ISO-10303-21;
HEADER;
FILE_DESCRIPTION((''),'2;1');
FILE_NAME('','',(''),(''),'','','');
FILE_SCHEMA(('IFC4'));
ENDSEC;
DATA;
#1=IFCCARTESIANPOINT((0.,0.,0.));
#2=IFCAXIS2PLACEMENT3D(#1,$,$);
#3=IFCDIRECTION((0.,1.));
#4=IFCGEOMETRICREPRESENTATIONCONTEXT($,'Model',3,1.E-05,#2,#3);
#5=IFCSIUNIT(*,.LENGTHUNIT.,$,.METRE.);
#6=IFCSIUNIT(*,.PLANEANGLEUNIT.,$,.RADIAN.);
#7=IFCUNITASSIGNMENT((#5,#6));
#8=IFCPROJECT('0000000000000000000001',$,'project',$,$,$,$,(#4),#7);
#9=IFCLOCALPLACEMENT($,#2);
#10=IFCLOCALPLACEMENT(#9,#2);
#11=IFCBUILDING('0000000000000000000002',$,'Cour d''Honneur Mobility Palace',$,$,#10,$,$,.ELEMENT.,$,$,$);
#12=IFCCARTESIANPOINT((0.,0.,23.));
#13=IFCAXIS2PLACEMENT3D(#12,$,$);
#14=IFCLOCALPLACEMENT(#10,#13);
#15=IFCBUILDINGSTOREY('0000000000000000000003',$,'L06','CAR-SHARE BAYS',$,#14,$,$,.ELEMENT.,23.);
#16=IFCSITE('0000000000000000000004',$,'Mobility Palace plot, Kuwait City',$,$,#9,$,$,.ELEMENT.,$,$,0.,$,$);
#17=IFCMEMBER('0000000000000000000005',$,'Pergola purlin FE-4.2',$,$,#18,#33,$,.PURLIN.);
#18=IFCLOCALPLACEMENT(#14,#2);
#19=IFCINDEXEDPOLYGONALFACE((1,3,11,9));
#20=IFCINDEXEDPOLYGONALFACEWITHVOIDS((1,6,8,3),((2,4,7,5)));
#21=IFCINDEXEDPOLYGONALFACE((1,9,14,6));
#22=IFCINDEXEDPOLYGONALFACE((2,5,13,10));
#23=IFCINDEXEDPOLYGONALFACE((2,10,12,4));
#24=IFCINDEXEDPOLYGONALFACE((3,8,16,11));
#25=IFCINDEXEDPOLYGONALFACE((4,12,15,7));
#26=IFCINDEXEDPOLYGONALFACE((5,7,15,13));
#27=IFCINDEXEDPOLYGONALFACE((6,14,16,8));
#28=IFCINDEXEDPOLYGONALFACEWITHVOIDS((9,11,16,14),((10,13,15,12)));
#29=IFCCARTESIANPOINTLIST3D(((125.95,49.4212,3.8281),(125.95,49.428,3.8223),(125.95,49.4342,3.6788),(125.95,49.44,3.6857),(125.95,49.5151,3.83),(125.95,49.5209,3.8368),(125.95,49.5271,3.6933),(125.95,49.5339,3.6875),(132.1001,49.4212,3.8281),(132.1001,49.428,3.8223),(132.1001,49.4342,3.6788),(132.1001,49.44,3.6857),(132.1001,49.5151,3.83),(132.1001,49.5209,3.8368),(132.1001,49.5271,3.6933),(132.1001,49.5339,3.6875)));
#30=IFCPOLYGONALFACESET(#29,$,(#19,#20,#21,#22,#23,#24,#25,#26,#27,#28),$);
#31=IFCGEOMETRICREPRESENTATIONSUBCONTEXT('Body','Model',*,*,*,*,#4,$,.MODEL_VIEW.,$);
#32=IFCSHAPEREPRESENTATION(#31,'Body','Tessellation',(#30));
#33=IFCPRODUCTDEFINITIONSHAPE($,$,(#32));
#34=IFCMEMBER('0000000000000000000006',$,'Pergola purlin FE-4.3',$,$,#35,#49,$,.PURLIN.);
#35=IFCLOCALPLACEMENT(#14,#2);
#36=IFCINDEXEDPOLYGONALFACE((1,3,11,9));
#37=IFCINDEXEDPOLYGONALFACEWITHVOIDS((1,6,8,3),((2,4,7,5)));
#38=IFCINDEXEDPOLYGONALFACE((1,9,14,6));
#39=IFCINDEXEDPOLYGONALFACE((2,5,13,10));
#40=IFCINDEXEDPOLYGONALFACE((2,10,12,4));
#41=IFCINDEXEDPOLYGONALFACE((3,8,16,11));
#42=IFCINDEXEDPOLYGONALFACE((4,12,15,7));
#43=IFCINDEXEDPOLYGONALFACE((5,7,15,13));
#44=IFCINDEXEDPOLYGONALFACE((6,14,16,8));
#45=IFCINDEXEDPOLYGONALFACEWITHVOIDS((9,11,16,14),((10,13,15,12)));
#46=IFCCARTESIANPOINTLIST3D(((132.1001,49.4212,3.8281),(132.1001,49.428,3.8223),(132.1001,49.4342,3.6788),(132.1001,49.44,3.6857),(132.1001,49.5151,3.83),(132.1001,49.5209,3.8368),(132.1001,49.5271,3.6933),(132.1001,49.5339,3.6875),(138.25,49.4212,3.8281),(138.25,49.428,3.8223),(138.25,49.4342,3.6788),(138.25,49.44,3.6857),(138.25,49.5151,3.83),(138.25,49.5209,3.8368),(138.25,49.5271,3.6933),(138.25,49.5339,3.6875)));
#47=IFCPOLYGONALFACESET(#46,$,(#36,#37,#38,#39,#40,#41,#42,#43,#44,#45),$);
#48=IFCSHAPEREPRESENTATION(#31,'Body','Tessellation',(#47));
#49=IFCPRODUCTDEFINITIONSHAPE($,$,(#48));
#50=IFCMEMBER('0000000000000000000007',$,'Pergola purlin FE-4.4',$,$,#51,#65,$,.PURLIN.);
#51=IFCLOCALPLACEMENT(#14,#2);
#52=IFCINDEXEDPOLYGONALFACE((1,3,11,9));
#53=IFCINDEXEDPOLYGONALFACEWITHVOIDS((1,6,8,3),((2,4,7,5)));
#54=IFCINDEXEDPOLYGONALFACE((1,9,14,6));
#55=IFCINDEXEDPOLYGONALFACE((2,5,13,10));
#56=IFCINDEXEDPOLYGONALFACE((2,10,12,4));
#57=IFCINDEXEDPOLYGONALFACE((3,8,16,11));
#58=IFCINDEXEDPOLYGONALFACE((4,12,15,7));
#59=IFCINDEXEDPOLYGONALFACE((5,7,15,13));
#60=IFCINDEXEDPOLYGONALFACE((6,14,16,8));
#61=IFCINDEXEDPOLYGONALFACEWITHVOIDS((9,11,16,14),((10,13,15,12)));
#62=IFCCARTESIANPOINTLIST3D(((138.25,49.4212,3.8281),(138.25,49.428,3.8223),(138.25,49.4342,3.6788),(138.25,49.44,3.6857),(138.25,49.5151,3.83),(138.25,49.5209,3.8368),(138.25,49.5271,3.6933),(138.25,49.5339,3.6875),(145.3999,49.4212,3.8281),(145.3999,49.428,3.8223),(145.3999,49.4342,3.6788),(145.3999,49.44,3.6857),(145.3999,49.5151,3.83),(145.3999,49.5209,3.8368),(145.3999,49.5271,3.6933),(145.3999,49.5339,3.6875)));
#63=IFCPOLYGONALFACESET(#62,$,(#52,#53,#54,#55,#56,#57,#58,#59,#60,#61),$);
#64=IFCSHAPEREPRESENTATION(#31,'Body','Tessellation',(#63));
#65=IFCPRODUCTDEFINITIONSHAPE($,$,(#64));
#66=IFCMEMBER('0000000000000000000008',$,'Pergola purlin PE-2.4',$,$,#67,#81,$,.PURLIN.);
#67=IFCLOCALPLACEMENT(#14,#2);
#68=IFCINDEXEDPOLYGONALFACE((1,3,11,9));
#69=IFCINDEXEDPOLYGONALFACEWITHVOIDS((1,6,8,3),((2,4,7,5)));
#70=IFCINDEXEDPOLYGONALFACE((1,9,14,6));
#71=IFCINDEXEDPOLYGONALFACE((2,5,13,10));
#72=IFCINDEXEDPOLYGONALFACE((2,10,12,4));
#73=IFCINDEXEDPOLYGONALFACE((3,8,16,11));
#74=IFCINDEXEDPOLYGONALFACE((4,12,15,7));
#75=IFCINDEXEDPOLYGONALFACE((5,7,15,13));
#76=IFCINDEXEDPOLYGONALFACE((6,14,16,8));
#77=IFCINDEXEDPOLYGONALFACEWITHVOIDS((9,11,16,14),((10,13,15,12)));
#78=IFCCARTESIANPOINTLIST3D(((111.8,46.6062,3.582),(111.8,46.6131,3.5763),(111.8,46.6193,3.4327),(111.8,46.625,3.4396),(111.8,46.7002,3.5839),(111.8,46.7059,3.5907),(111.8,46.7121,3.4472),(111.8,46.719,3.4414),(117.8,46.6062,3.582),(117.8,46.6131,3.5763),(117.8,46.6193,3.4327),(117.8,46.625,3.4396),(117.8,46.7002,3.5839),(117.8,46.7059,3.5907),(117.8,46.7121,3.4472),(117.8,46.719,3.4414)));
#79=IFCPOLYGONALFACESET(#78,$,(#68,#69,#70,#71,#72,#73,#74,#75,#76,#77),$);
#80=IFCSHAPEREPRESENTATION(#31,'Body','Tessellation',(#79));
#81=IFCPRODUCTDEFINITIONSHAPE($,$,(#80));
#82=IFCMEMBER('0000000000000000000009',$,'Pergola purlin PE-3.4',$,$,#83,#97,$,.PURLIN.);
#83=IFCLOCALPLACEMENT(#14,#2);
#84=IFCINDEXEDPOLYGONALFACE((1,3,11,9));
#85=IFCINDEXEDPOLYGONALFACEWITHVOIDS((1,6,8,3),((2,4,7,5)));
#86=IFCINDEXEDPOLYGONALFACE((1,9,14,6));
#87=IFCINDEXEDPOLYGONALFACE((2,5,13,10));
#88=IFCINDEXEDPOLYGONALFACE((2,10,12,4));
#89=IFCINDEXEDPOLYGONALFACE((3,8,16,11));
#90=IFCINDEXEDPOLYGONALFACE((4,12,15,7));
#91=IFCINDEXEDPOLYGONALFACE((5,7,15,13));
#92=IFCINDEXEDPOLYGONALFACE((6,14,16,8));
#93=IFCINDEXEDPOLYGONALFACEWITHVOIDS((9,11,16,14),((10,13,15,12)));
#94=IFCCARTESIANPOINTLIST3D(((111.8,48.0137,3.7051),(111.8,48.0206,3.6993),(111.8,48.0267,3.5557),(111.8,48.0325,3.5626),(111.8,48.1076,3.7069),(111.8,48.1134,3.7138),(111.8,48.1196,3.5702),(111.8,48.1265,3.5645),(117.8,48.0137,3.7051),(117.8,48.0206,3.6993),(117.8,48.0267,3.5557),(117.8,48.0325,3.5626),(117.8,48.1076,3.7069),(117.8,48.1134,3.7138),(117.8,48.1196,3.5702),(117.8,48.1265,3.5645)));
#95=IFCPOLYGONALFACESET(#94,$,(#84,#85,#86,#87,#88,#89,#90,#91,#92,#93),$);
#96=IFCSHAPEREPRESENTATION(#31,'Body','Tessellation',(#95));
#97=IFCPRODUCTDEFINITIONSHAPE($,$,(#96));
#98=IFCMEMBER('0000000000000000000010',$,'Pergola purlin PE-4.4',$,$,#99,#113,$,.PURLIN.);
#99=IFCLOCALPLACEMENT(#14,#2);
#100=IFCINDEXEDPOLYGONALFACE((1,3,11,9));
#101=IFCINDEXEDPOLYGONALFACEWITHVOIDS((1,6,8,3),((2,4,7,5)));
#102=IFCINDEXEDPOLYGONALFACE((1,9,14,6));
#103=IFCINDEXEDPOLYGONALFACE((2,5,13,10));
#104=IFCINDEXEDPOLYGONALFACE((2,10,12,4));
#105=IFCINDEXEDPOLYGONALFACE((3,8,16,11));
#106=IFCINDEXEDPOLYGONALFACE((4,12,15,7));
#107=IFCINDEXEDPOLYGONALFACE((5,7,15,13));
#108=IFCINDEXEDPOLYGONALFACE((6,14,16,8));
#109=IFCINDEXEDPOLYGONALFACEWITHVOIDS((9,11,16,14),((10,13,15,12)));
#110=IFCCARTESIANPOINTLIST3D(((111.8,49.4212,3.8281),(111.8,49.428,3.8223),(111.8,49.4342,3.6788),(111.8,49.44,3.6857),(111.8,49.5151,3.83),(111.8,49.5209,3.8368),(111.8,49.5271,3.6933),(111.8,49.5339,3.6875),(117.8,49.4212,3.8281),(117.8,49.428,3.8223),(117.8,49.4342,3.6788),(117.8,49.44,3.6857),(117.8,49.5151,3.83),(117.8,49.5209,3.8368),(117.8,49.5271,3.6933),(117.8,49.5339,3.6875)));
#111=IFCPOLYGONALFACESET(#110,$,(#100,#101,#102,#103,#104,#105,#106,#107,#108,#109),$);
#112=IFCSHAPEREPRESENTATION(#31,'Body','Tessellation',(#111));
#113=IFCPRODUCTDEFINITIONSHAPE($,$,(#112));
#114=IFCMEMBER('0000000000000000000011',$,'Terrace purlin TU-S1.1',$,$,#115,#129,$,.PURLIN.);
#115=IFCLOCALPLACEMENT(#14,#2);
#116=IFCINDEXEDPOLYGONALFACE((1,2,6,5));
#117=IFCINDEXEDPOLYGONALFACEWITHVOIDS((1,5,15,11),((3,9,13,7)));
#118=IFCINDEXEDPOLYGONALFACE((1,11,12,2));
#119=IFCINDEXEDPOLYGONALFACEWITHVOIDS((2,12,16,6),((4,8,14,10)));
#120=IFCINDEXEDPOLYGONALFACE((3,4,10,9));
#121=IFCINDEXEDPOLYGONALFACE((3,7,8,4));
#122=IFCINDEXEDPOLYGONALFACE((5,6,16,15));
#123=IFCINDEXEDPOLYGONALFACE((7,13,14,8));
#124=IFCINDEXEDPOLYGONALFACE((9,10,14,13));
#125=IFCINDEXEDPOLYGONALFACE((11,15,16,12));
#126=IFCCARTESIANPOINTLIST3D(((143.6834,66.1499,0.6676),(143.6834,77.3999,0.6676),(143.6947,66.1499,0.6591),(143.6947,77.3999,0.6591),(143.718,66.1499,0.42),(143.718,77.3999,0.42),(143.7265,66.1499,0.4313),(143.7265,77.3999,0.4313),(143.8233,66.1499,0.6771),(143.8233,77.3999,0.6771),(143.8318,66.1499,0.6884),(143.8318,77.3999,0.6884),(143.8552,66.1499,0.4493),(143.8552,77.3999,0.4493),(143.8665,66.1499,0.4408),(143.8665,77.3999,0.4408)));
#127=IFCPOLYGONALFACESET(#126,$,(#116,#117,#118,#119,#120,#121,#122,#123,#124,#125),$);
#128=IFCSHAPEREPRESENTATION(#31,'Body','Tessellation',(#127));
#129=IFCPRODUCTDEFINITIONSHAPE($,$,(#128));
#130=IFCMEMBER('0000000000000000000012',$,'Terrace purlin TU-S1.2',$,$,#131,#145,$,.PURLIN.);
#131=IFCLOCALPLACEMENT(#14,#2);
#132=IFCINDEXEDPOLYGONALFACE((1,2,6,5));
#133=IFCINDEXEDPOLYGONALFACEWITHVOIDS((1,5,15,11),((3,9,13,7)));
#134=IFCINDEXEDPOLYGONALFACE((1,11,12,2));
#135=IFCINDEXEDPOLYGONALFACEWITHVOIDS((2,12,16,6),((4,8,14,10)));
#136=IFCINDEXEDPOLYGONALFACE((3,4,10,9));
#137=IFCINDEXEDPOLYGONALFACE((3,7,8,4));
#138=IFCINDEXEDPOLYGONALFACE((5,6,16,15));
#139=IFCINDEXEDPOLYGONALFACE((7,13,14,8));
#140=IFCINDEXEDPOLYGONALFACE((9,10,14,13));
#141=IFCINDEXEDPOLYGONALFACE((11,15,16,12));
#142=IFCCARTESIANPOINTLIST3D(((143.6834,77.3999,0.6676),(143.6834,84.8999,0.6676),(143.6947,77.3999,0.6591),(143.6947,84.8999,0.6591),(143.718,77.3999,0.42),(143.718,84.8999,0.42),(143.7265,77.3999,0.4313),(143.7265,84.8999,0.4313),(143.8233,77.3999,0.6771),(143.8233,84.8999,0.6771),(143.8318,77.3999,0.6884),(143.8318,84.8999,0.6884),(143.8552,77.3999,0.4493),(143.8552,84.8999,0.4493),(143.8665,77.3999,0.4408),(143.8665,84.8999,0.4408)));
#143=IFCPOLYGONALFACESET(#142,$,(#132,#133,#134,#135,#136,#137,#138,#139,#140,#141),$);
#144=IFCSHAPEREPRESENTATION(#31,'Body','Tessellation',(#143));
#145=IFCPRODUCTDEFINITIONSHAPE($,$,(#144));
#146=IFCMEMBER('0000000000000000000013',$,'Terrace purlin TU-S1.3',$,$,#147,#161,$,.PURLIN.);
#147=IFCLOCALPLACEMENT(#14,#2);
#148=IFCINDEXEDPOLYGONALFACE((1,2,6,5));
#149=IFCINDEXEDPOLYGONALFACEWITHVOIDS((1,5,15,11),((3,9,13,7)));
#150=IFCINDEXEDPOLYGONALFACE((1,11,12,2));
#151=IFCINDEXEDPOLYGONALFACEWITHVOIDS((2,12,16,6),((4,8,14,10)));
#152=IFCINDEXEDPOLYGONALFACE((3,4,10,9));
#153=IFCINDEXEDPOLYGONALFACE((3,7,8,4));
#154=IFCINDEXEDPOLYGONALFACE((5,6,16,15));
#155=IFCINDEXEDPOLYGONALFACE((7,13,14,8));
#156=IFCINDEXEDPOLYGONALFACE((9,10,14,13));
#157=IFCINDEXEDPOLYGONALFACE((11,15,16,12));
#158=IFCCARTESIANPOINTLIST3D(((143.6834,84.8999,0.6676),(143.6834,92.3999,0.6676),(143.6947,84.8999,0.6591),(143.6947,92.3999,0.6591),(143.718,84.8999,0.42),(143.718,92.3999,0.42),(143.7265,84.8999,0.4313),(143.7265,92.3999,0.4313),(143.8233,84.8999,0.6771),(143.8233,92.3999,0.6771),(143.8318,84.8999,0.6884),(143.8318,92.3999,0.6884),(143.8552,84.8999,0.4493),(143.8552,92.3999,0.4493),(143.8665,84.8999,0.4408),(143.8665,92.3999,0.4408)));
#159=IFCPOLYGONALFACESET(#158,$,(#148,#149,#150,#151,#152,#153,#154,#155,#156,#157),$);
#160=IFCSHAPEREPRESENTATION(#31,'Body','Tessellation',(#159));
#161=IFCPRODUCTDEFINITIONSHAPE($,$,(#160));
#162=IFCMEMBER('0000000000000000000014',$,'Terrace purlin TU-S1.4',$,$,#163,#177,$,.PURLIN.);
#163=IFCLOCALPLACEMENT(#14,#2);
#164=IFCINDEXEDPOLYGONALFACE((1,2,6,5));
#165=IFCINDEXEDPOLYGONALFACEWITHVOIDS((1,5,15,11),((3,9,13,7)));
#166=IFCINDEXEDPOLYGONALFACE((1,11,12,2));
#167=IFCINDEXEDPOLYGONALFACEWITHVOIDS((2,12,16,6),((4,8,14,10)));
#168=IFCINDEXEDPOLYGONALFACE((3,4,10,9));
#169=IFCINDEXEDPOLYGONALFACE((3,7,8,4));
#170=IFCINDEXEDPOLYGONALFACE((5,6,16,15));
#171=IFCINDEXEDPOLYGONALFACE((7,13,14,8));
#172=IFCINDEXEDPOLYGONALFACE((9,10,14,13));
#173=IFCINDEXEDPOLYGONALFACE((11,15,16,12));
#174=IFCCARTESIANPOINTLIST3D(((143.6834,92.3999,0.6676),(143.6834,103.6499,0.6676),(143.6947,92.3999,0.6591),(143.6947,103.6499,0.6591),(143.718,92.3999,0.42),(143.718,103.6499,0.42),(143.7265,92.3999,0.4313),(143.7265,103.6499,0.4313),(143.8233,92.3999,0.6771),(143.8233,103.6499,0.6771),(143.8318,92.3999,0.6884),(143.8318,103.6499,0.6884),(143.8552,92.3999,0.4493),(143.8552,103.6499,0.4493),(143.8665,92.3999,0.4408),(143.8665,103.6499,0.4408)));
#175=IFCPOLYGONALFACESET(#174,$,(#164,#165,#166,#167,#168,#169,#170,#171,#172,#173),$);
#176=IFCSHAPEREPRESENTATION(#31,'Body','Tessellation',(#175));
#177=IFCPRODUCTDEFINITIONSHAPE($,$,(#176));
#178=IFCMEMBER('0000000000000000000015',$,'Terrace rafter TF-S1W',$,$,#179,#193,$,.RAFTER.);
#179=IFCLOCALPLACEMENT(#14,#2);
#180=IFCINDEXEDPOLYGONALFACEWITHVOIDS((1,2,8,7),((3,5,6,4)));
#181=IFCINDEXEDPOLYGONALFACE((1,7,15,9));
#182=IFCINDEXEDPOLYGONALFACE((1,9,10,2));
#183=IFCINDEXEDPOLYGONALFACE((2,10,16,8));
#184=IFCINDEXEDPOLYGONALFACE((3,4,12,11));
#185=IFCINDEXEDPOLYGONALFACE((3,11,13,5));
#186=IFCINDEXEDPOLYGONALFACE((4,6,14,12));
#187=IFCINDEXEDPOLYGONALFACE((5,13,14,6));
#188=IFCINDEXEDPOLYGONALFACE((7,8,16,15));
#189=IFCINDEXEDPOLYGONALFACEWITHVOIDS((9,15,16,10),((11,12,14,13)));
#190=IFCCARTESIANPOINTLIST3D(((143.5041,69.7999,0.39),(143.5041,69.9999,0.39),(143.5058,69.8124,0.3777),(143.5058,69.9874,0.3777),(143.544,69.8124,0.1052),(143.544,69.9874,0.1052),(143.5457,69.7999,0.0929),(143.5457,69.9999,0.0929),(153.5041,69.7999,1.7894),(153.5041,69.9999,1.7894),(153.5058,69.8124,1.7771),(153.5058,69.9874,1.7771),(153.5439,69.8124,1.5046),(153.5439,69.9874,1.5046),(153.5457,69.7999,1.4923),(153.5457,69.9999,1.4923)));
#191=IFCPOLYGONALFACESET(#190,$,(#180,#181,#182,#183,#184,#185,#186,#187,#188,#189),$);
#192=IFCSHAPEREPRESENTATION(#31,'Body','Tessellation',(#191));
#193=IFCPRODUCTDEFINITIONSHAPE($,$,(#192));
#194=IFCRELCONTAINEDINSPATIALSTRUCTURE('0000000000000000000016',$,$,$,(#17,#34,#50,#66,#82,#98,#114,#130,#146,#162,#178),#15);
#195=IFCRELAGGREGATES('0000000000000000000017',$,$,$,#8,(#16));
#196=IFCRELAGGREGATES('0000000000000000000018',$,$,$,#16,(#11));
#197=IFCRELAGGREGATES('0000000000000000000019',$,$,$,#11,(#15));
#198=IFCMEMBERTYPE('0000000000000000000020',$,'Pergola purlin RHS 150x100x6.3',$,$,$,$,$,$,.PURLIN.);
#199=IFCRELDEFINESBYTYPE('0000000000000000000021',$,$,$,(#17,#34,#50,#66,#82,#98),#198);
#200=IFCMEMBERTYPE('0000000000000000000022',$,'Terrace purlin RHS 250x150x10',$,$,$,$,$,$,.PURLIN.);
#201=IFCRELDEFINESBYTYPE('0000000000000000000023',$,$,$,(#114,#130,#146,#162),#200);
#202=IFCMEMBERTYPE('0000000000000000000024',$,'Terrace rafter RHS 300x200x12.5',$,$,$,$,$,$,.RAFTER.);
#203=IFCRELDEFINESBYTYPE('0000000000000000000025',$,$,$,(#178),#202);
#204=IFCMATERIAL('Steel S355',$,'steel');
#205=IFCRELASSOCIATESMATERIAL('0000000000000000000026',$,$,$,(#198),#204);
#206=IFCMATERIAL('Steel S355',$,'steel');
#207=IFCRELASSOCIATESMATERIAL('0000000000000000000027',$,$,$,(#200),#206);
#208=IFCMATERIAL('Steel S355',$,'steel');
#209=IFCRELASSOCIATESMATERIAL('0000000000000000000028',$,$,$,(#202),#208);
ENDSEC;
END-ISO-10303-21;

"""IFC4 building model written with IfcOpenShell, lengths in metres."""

from ifc_helpers import new_model, si_unit, direction, frame, origin, origin_2d, place, context, subcontext, project, spatial, hollow_rectangle, extrude, material, material_profile, profile_set, type_object, element, save


model = new_model("IFC4")

# Units and contexts
model_context = context("Model", 3, precision=1e-05, world=origin(), true_north=direction((0.0, 1.0)))
body_context = subcontext(model_context, "Body", "Model", "MODEL_VIEW")
ifc_project = project(units=[si_unit("LENGTHUNIT", "METRE"), si_unit("PLANEANGLEUNIT", "RADIAN")], contexts=[model_context])

# Site, building, storey
site_placement = place(None, origin())
site = spatial("IfcSite", under=ifc_project, at=site_placement, Name="Mobility Palace plot, Kuwait City", CompositionType="ELEMENT", RefElevation=0.0)
building_placement = place(site_placement, origin())
building = spatial("IfcBuilding", under=site, at=building_placement, Name="Cour d'Honneur Mobility Palace", CompositionType="ELEMENT")
storey_placement = place(building_placement, frame((0.0, 0.0, 23.0)))
storey = spatial("IfcBuildingStorey", under=building, at=storey_placement, Name="L06", Description="CAR-SHARE BAYS", CompositionType="ELEMENT", Elevation=23.0)

# Members
ifc_material_1 = material(Name="Steel S355", Category="steel")
ifc_material_profile_1 = material_profile(ifc_material_1, hollow_rectangle(XDim=0.1001, YDim=0.1499, WallThickness=0.0063, at=origin_2d()), Name="RHS 150x100x6.3")
ifc_profile_set_1 = profile_set([ifc_material_profile_1], Name="Steel S355")
member_type_1 = type_object("IfcMemberType", Name="Pergola purlin RHS 150x100x6.3", PredefinedType="PURLIN", material=ifc_profile_set_1)
member_1_placement = place(storey_placement, frame((125.95, 49.4775, 3.7578), z_axis=(1.0, 0.0, 0.0), x_axis=(0.0, 0.996197, 0.087131)))
element("IfcMember", 1, at=member_1_placement, inside=storey, type_object=member_type_1, Name="Pergola purlin FE-4.2", PredefinedType="PURLIN", context=body_context, shape_type="SweptSolid", body=[
    extrude(hollow_rectangle(XDim=0.1001, YDim=0.1499, WallThickness=0.0063, at=origin_2d()), origin(), (0.0, 0.0, 1.0), 6.1501),
])
member_2_placement = place(storey_placement, frame((132.1001, 49.4775, 3.7578), z_axis=(1.0, 0.0, 0.0), x_axis=(0.0, 0.996197, 0.087131)))
element("IfcMember", 2, at=member_2_placement, inside=storey, type_object=member_type_1, Name="Pergola purlin FE-4.3", PredefinedType="PURLIN", context=body_context, shape_type="SweptSolid", body=[
    extrude(hollow_rectangle(XDim=0.1001, YDim=0.1499, WallThickness=0.0063, at=origin_2d()), origin(), (0.0, 0.0, 1.0), 6.1499),
])
member_3_placement = place(storey_placement, frame((138.25, 49.4775, 3.7578), z_axis=(1.0, 0.0, 0.0), x_axis=(0.0, 0.996197, 0.087131)))
element("IfcMember", 3, at=member_3_placement, inside=storey, type_object=member_type_1, Name="Pergola purlin FE-4.4", PredefinedType="PURLIN", context=body_context, shape_type="SweptSolid", body=[
    extrude(hollow_rectangle(XDim=0.1001, YDim=0.1499, WallThickness=0.0063, at=origin_2d()), origin(), (0.0, 0.0, 1.0), 7.1499),
])
for number, where, z_axis, x_axis, name in (
    (4, (111.8, 46.6626, 3.5117), (1.0, 0.0, 0.0), (0.0, 0.996197, 0.087131), "Pergola purlin PE-2.4"),
    (5, (111.8, 48.0701, 3.6348), (1.0, 0.0, 0.0), (0.0, 0.996197, 0.087131), "Pergola purlin PE-3.4"),
    (6, (111.8, 49.4775, 3.7578), (1.0, 0.0, 0.0), (0.0, 0.996197, 0.087131), "Pergola purlin PE-4.4"),
):
    element("IfcMember", number, at=place(storey_placement, frame(where, z_axis=z_axis, x_axis=x_axis)), inside=storey, type_object=member_type_1, Name=name, PredefinedType="PURLIN", context=body_context, shape_type="SweptSolid", body=[
        extrude(hollow_rectangle(XDim=0.1001, YDim=0.1499, WallThickness=0.0063, at=origin_2d()), origin(), (0.0, 0.0, 1.0), 6.0),
    ])
ifc_material_2 = material(Name="Steel S355", Category="steel")
ifc_material_profile_2 = material_profile(ifc_material_2, hollow_rectangle(XDim=0.1499, YDim=0.25, WallThickness=0.01, at=origin_2d()), Name="RHS 250x150x10")
ifc_profile_set_2 = profile_set([ifc_material_profile_2], Name="Steel S355")
member_type_2 = type_object("IfcMemberType", Name="Terrace purlin RHS 250x150x10", PredefinedType="PURLIN", material=ifc_profile_set_2)
member_4_placement = place(storey_placement, frame((143.7749, 66.1499, 0.5542), z_axis=(0.0, 1.0, 0.0), x_axis=(-0.99035, 0.0, -0.138591)))
element("IfcMember", 7, at=member_4_placement, inside=storey, type_object=member_type_2, Name="Terrace purlin TU-S1.1", PredefinedType="PURLIN", context=body_context, shape_type="SweptSolid", body=[
    extrude(hollow_rectangle(XDim=0.1499, YDim=0.25, WallThickness=0.01, at=origin_2d()), origin(), (0.0, 0.0, 1.0), 11.25),
])
for number, where, z_axis, x_axis, name in (
    (8, (143.7749, 77.3999, 0.5542), (0.0, 1.0, 0.0), (-0.99035, 0.0, -0.138591), "Terrace purlin TU-S1.2"),
    (9, (143.7749, 84.8999, 0.5542), (0.0, 1.0, 0.0), (-0.99035, 0.0, -0.138591), "Terrace purlin TU-S1.3"),
):
    element("IfcMember", number, at=place(storey_placement, frame(where, z_axis=z_axis, x_axis=x_axis)), inside=storey, type_object=member_type_2, Name=name, PredefinedType="PURLIN", context=body_context, shape_type="SweptSolid", body=[
        extrude(hollow_rectangle(XDim=0.1499, YDim=0.25, WallThickness=0.01, at=origin_2d()), origin(), (0.0, 0.0, 1.0), 7.5),
    ])
member_5_placement = place(storey_placement, frame((143.7749, 92.3999, 0.5542), z_axis=(0.0, 1.0, 0.0), x_axis=(-0.99035, 0.0, -0.138591)))
element("IfcMember", 10, at=member_5_placement, inside=storey, type_object=member_type_2, Name="Terrace purlin TU-S1.4", PredefinedType="PURLIN", context=body_context, shape_type="SweptSolid", body=[
    extrude(hollow_rectangle(XDim=0.1499, YDim=0.25, WallThickness=0.01, at=origin_2d()), origin(), (0.0, 0.0, 1.0), 11.25),
])
ifc_material_3 = material(Name="Steel S355", Category="steel")
ifc_material_profile_3 = material_profile(ifc_material_3, hollow_rectangle(XDim=0.2, YDim=0.3, WallThickness=0.0125, at=origin_2d()), Name="RHS 300x200x12.5")
ifc_profile_set_3 = profile_set([ifc_material_profile_3], Name="Steel S355")
member_type_3 = type_object("IfcMemberType", Name="Terrace rafter RHS 300x200x12.5", PredefinedType="RAFTER", material=ifc_profile_set_3)
for number, where, z_axis, x_axis, name in (
    (11, (143.5249, 69.8999, 0.2415), (0.99035, 0.0, 0.138591), (0.0, 1.0, 0.0), "Terrace rafter TF-S1W"),
):
    element("IfcMember", number, at=place(storey_placement, frame(where, z_axis=z_axis, x_axis=x_axis)), inside=storey, type_object=member_type_3, Name=name, PredefinedType="RAFTER", context=body_context, shape_type="SweptSolid", body=[
        extrude(hollow_rectangle(XDim=0.2, YDim=0.3, WallThickness=0.0125, at=origin_2d()), origin(), (0.0, 0.0, 1.0), 10.0974),
    ])

save(model, "model.ifc")
